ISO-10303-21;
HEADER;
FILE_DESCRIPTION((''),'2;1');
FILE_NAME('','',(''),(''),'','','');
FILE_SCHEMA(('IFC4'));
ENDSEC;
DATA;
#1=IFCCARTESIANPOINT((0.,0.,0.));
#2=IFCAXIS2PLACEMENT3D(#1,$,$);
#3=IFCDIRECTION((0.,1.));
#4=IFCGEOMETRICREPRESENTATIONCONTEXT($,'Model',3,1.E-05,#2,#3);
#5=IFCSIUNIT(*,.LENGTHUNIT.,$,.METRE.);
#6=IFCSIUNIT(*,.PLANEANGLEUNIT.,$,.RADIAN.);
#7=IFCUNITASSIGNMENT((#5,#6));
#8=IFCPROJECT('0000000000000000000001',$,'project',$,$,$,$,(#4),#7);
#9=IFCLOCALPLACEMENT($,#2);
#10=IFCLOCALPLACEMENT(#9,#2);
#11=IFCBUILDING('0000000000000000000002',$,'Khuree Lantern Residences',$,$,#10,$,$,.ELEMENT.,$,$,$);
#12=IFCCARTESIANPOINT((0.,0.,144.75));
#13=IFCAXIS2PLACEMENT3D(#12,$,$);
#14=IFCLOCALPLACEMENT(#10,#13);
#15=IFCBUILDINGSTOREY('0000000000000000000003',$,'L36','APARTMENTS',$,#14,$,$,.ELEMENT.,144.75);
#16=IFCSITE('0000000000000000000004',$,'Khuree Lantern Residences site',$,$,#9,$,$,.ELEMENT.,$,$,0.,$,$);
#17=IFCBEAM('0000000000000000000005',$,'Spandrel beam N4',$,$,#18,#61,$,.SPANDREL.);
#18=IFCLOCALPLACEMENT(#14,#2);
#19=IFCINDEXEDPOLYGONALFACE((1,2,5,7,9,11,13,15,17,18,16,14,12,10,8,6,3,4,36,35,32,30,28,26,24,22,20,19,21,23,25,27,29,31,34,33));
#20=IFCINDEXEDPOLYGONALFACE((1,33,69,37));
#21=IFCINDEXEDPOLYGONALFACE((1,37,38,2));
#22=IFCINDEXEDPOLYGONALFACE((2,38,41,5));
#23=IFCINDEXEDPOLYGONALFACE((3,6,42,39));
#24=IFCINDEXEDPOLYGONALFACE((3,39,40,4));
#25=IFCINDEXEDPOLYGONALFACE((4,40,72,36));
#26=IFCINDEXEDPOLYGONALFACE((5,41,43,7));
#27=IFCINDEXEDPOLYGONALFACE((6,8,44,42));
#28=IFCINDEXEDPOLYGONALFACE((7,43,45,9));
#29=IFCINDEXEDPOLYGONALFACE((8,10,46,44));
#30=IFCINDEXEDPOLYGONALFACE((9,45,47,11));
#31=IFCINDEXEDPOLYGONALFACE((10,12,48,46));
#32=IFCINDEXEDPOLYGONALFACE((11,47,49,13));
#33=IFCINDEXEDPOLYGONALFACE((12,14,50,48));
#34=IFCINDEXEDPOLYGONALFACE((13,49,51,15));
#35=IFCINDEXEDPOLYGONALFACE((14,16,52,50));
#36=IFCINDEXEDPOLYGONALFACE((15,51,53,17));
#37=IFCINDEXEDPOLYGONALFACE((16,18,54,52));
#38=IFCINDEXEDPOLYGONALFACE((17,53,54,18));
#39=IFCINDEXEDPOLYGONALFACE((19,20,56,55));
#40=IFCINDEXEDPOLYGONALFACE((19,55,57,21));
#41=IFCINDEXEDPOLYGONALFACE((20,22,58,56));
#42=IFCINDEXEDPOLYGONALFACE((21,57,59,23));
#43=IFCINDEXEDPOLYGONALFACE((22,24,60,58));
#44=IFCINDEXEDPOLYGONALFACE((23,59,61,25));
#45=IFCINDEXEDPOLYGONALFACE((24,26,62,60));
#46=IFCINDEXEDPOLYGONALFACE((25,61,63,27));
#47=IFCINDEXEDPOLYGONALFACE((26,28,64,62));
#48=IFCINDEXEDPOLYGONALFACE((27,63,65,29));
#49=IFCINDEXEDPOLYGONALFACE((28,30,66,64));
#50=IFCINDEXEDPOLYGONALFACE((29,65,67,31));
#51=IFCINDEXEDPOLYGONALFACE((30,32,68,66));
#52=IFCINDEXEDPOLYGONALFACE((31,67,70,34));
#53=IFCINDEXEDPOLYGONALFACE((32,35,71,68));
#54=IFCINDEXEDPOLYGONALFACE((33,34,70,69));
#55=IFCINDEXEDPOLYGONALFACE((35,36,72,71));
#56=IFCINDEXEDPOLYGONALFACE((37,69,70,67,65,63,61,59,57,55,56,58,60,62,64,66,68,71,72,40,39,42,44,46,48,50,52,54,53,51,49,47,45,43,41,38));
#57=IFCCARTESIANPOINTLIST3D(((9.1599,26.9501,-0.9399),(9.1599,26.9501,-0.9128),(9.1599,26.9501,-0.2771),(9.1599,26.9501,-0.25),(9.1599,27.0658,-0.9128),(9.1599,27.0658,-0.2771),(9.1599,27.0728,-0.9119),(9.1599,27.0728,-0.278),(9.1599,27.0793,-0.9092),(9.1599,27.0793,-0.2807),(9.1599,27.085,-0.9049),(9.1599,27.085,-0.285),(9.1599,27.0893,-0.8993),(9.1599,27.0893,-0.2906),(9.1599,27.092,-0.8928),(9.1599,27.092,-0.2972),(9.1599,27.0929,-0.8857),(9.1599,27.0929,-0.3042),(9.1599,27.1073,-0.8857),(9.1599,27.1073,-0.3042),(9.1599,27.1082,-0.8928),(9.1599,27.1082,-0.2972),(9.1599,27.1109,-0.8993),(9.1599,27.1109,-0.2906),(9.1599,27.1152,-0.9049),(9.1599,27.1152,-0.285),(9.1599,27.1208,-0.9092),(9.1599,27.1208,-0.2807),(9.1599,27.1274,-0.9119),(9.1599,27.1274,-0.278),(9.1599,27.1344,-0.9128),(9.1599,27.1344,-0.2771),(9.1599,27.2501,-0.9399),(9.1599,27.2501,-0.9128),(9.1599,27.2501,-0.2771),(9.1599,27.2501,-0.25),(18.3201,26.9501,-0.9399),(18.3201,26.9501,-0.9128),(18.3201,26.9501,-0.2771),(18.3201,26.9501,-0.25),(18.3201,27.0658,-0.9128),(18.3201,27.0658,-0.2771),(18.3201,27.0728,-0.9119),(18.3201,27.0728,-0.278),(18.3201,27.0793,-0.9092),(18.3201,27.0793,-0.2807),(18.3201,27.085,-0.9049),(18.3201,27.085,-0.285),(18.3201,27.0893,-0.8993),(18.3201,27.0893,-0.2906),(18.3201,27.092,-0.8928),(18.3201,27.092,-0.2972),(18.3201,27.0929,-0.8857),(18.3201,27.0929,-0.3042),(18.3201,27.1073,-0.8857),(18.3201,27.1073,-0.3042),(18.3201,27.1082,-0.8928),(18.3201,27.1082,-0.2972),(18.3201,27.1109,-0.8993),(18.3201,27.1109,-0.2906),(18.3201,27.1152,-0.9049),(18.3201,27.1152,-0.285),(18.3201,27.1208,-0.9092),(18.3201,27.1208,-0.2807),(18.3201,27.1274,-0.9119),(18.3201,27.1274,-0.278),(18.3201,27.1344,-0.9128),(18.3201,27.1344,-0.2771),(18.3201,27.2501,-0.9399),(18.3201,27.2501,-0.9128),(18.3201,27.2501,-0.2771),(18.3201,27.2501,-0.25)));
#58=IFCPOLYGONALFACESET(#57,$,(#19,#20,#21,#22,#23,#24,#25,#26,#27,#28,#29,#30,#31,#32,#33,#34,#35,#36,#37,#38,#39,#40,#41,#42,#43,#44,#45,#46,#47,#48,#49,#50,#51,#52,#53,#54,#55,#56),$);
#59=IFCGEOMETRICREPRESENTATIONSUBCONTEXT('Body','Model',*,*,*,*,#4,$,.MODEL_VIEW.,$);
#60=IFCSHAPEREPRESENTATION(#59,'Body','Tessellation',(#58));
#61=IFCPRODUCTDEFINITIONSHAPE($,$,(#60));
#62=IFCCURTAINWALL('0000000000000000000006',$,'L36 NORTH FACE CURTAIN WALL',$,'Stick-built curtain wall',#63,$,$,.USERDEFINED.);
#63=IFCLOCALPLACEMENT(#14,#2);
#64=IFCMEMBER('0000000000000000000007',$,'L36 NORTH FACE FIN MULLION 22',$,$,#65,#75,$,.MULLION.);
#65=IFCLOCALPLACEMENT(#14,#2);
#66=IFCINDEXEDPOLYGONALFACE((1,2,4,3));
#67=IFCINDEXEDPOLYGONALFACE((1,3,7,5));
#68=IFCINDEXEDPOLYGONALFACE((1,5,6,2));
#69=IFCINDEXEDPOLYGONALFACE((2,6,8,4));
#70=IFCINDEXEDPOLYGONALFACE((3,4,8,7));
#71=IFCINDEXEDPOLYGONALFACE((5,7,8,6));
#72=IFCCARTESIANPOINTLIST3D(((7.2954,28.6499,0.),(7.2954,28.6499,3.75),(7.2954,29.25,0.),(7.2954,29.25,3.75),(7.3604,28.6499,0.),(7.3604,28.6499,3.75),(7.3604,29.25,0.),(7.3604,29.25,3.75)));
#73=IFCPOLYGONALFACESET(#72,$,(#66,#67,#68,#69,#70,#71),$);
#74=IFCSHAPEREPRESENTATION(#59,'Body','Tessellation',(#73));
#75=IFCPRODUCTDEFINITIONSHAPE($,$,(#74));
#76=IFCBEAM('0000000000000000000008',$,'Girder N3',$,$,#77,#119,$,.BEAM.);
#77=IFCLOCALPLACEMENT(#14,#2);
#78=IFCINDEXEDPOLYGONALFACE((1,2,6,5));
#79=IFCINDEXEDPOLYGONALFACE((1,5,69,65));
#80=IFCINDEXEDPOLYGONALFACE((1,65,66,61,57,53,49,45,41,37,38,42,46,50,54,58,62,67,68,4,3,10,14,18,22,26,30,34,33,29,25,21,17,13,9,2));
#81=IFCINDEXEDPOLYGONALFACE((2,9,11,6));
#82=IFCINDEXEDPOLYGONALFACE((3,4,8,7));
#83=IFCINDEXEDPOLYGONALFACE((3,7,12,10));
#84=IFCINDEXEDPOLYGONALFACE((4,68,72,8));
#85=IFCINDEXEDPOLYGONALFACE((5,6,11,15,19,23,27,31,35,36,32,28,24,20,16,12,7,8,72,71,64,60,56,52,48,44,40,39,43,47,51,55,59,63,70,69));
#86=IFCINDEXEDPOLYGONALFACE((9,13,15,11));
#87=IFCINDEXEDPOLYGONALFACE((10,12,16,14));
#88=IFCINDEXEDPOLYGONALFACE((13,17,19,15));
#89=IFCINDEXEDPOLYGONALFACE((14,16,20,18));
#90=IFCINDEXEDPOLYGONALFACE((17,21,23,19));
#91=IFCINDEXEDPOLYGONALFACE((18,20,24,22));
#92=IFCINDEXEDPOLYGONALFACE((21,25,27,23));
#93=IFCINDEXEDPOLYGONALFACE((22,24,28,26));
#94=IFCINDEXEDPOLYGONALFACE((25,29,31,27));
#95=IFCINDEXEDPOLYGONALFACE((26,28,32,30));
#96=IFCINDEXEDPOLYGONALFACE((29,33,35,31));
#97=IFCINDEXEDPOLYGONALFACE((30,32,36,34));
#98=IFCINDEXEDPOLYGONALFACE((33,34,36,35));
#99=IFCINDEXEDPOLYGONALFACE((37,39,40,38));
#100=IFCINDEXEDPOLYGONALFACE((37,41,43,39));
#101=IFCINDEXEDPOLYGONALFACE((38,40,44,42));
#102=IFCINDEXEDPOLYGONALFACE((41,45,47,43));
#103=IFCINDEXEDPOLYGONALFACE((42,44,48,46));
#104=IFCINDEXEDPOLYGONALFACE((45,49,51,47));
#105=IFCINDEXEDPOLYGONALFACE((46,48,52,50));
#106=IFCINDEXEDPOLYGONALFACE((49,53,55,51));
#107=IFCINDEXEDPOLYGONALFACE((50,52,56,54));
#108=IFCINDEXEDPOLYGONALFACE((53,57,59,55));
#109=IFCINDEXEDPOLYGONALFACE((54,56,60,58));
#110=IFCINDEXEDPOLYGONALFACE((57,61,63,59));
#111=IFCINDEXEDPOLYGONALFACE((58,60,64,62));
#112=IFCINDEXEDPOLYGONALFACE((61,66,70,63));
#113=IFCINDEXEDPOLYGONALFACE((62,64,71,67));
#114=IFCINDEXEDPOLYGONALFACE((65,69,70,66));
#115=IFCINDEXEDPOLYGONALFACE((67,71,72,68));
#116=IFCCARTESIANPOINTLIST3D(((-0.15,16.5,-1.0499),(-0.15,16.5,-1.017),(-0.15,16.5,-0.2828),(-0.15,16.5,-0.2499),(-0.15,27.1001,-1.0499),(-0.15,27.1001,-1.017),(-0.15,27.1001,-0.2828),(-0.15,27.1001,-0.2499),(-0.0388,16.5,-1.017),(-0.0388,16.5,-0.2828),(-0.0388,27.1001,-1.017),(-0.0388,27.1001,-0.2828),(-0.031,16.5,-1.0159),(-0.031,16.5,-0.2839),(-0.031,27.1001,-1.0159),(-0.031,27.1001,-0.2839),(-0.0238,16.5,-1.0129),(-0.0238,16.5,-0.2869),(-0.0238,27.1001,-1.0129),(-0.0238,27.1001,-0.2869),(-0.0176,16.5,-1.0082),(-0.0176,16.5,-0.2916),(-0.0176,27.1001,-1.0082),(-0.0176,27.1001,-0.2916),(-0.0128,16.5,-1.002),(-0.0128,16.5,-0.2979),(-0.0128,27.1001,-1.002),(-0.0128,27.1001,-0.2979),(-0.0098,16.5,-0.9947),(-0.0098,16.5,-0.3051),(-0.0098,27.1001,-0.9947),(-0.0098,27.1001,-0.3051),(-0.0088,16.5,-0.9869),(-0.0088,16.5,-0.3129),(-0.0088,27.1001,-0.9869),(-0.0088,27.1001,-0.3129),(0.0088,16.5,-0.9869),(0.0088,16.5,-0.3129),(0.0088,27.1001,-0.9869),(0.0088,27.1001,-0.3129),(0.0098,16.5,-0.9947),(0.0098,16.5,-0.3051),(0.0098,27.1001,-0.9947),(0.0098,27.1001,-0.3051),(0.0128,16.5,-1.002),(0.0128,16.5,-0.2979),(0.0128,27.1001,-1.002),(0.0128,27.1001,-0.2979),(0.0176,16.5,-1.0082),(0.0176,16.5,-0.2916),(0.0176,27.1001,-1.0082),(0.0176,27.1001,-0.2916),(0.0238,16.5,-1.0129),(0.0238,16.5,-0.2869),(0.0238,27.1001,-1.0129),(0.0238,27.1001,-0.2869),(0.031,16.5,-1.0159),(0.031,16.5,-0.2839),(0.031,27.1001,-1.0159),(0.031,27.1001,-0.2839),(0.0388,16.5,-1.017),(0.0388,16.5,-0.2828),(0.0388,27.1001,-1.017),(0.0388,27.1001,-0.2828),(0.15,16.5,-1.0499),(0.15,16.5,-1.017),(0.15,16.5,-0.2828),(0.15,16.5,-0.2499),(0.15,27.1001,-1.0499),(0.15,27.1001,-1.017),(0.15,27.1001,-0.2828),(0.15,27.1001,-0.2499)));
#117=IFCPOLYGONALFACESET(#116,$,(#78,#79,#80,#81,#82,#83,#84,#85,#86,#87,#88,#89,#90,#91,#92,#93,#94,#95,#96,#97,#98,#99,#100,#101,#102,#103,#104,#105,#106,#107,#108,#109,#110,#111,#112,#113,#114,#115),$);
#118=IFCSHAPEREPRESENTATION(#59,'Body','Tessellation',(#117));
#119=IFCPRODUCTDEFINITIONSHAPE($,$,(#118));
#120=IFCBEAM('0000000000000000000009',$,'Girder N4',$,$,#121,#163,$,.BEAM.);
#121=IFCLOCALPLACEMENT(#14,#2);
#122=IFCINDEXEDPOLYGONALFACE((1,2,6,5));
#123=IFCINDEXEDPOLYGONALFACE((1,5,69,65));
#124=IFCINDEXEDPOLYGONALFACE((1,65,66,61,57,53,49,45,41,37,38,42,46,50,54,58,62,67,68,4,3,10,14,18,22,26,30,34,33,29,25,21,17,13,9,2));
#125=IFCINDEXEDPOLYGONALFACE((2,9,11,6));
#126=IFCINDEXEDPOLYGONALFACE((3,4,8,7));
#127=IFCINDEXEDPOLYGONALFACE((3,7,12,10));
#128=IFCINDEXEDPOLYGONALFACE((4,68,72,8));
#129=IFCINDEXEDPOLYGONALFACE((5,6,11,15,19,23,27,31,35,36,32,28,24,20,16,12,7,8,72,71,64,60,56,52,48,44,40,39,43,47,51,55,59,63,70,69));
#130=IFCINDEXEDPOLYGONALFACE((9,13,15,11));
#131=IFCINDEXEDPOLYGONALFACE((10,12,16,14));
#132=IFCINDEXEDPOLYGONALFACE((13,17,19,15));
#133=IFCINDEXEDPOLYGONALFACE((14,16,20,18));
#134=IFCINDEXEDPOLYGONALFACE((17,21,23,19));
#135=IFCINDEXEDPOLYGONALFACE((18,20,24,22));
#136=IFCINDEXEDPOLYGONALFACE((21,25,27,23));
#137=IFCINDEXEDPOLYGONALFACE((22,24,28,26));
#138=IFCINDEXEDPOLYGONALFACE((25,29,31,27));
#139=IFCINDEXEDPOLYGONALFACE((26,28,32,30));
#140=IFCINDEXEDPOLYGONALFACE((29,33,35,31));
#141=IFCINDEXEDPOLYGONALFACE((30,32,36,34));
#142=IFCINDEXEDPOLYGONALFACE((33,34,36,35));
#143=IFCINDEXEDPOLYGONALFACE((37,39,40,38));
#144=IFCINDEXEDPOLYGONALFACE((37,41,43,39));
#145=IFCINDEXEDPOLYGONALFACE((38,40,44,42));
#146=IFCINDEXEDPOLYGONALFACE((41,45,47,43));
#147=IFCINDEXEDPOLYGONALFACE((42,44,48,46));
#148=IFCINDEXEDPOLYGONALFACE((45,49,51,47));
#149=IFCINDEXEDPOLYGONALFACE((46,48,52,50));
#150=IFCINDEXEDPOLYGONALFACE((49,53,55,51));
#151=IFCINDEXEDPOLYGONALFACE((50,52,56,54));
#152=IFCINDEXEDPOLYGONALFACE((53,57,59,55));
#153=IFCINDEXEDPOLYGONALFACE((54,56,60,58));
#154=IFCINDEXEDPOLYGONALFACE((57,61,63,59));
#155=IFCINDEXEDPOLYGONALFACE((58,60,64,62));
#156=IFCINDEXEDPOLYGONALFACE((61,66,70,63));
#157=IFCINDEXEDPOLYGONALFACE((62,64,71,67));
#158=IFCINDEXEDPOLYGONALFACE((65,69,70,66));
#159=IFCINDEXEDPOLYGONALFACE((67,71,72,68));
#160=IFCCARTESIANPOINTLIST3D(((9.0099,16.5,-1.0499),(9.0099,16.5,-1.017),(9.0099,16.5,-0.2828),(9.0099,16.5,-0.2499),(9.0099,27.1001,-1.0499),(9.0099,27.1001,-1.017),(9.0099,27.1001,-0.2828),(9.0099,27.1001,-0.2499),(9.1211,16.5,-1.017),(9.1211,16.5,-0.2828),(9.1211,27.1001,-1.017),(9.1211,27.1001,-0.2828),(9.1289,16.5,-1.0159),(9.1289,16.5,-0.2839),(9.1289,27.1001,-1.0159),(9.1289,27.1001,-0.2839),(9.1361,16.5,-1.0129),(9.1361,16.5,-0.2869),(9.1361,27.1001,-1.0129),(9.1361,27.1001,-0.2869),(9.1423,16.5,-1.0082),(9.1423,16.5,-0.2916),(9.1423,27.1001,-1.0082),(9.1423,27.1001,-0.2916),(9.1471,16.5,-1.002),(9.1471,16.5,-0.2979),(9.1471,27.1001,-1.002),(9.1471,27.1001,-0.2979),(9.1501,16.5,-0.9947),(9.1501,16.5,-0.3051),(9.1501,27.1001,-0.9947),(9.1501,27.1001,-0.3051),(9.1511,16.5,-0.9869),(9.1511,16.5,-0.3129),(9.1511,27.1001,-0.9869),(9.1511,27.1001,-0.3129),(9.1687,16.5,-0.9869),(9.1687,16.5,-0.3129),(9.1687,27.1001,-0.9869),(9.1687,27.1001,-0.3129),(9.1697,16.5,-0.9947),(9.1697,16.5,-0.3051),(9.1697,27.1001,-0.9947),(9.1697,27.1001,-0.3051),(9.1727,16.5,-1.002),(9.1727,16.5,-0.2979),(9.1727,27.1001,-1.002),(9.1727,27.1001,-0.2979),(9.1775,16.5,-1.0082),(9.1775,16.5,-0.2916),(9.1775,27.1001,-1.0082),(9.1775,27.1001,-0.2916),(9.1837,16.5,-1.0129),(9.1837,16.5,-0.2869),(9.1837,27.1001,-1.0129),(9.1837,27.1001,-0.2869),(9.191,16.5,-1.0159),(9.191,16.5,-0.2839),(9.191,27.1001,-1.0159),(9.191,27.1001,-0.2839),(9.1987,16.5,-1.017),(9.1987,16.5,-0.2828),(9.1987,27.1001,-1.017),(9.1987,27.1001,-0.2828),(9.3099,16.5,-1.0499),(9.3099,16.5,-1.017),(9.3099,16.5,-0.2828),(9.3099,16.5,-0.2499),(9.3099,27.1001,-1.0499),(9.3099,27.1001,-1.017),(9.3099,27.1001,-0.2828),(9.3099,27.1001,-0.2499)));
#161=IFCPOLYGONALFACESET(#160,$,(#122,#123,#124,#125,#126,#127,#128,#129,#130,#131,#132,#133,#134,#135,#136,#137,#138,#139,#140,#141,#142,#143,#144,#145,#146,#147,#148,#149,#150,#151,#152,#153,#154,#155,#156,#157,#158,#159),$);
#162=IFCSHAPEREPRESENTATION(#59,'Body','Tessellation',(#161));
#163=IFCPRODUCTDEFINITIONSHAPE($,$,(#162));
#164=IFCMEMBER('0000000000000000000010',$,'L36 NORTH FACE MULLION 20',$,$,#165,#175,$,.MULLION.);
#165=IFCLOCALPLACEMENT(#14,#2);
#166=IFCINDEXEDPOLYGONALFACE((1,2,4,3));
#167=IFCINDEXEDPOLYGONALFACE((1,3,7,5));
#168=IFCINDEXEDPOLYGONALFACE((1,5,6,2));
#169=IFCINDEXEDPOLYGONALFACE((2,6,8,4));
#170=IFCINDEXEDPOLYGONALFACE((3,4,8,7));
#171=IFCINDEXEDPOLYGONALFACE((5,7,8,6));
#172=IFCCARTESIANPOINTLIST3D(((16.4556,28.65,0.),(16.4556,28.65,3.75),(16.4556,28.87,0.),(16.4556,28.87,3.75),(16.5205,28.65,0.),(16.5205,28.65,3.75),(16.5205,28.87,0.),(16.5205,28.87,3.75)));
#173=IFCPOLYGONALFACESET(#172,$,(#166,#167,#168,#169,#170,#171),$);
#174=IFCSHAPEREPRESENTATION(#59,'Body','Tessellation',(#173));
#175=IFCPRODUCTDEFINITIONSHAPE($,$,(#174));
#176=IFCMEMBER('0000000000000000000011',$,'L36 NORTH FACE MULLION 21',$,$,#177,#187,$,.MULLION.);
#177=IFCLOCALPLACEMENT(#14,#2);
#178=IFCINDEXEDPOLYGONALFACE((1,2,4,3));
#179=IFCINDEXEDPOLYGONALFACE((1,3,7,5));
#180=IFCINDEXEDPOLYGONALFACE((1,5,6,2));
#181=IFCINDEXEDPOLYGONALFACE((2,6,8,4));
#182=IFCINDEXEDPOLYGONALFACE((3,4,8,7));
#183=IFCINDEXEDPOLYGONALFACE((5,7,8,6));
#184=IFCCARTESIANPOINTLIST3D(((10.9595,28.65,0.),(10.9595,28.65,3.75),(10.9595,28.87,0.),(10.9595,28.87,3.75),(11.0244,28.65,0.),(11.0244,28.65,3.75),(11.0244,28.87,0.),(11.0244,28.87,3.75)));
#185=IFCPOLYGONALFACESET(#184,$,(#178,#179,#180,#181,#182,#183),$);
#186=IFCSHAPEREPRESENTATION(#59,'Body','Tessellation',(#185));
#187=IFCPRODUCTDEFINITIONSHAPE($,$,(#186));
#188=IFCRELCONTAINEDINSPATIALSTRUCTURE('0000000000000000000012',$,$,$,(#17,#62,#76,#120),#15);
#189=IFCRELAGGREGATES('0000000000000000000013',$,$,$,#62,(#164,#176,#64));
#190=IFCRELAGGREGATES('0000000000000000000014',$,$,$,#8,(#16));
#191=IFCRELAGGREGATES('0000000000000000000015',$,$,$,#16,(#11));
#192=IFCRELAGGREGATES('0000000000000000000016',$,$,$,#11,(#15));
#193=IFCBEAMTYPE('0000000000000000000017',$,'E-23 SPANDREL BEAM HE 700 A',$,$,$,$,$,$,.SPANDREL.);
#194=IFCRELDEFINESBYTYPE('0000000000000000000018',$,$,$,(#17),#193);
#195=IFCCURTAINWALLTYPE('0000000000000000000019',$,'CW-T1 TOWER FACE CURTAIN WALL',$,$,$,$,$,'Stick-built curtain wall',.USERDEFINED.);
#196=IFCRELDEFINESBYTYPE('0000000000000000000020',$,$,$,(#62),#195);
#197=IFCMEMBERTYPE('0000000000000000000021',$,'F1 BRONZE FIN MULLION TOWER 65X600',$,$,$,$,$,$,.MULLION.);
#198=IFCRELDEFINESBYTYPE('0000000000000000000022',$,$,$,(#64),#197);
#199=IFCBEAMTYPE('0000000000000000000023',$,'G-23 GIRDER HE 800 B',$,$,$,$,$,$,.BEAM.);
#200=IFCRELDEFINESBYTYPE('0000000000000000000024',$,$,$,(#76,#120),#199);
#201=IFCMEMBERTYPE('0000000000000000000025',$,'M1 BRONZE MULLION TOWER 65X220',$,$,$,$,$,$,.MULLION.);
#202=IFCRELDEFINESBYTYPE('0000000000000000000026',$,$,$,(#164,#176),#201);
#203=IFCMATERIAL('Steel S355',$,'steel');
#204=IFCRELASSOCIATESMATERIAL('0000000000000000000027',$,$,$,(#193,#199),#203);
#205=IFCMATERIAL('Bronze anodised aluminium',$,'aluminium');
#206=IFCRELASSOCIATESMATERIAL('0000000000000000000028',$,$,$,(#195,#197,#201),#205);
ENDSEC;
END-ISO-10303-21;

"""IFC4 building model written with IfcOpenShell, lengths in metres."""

from ifc_helpers import new_model, si_unit, direction, frame, origin, origin_2d, place, context, subcontext, project, spatial, rectangle, i_section, extrude, material, material_profile, profile_set, type_object, element, aggregate, save


model = new_model("IFC4")

# Units and contexts
model_context = context("Model", 3, precision=1e-05, world=origin(), true_north=direction((0.0, 1.0)))
body_context = subcontext(model_context, "Body", "Model", "MODEL_VIEW")
ifc_project = project(units=[si_unit("LENGTHUNIT", "METRE"), si_unit("PLANEANGLEUNIT", "RADIAN")], contexts=[model_context])

# Site, building, storey
site_placement = place(None, origin())
site = spatial("IfcSite", under=ifc_project, at=site_placement, Name="Khuree Lantern Residences site", CompositionType="ELEMENT", RefElevation=0.0)
building_placement = place(site_placement, origin())
building = spatial("IfcBuilding", under=site, at=building_placement, Name="Khuree Lantern Residences", CompositionType="ELEMENT")
storey_placement = place(building_placement, frame((0.0, 0.0, 144.75)))
storey = spatial("IfcBuildingStorey", under=building, at=storey_placement, Name="L36", Description="APARTMENTS", CompositionType="ELEMENT", Elevation=144.75)

# Beam
ifc_material_1 = material(Name="Steel S355", Category="steel")
ifc_material_profile_1 = material_profile(ifc_material_1, i_section(OverallWidth=0.3, OverallDepth=0.6899, WebThickness=0.0144, FlangeThickness=0.0271, FilletRadius=0.0271, at=origin_2d()), Name="HE 700 A")
ifc_profile_set_1 = profile_set([ifc_material_profile_1], Name="Steel S355")
beam_type_1 = type_object("IfcBeamType", Name="E-23 SPANDREL BEAM HE 700 A", PredefinedType="SPANDREL", material=ifc_profile_set_1)
beam_1_placement = place(storey_placement, frame((9.1599, 27.1001, -0.595), z_axis=(1.0, 0.0, 0.0), x_axis=(0.0, 1.0, 0.0)))
element("IfcBeam", 1, at=beam_1_placement, inside=storey, type_object=beam_type_1, Name="Spandrel beam N4", PredefinedType="SPANDREL", context=body_context, shape_type="SweptSolid", body=[
    extrude(i_section(OverallWidth=0.3, OverallDepth=0.6899, WebThickness=0.0144, FlangeThickness=0.0271, FilletRadius=0.0271, at=origin_2d()), origin(), (0.0, 0.0, 1.0), 9.1602),
])

# Curtain wall, member
ifc_material_2 = material(Name="Bronze anodised aluminium", Category="aluminium")
curtain_wall_type = type_object("IfcCurtainWallType", Name="CW-T1 TOWER FACE CURTAIN WALL", ElementType="Stick-built curtain wall", PredefinedType="USERDEFINED", material=ifc_material_2)
curtain_wall_placement = place(storey_placement, origin())
curtain_wall = element("IfcCurtainWall", 2, at=curtain_wall_placement, inside=storey, type_object=curtain_wall_type, Name="L36 NORTH FACE CURTAIN WALL", ObjectType="Stick-built curtain wall", PredefinedType="USERDEFINED")
ifc_material_profile_2 = material_profile(ifc_material_2, rectangle(XDim=0.0649, YDim=0.6001, at=origin_2d()), Name="F1 65X600")
ifc_profile_set_2 = profile_set([ifc_material_profile_2], Name="Bronze anodised aluminium")
member_type_1 = type_object("IfcMemberType", Name="F1 BRONZE FIN MULLION TOWER 65X600", PredefinedType="MULLION", material=ifc_profile_set_2)
member_1_placement = place(storey_placement, frame((7.3279, 28.95, 0.0), z_axis=(0.0, 0.0, 1.0), x_axis=(-1.0, 0.0, 0.0)))
member_1 = element("IfcMember", 3, at=member_1_placement, type_object=member_type_1, Name="L36 NORTH FACE FIN MULLION 22", PredefinedType="MULLION", context=body_context, shape_type="SweptSolid", body=[
    extrude(rectangle(XDim=0.0649, YDim=0.6001, at=origin_2d()), origin(), (0.0, 0.0, 1.0), 3.75),
])

# Beams
ifc_material_profile_3 = material_profile(ifc_material_1, i_section(OverallWidth=0.3, OverallDepth=0.8, WebThickness=0.0176, FlangeThickness=0.033, FilletRadius=0.03, at=origin_2d()), Name="HE 800 B")
ifc_profile_set_3 = profile_set([ifc_material_profile_3], Name="Steel S355")
beam_type_2 = type_object("IfcBeamType", Name="G-23 GIRDER HE 800 B", PredefinedType="BEAM", material=ifc_profile_set_3)
for number, where, z_axis, x_axis, name in (
    (4, (0.0, 27.1001, -0.6499), (0.0, -1.0, 0.0), (1.0, 0.0, 0.0), "Girder N3"),
    (5, (9.1599, 27.1001, -0.6499), (0.0, -1.0, 0.0), (1.0, 0.0, 0.0), "Girder N4"),
):
    element("IfcBeam", number, at=place(storey_placement, frame(where, z_axis=z_axis, x_axis=x_axis)), inside=storey, type_object=beam_type_2, Name=name, PredefinedType="BEAM", context=body_context, shape_type="SweptSolid", body=[
        extrude(i_section(OverallWidth=0.3, OverallDepth=0.8, WebThickness=0.0176, FlangeThickness=0.033, FilletRadius=0.03, at=origin_2d()), origin(), (0.0, 0.0, 1.0), 10.6001),
    ])

# Members
ifc_material_profile_4 = material_profile(ifc_material_2, rectangle(XDim=0.0649, YDim=0.22, at=origin_2d()), Name="M1 65X220")
ifc_profile_set_4 = profile_set([ifc_material_profile_4], Name="Bronze anodised aluminium")
member_type_2 = type_object("IfcMemberType", Name="M1 BRONZE MULLION TOWER 65X220", PredefinedType="MULLION", material=ifc_profile_set_4)
member_2_placement = place(storey_placement, frame((16.488, 28.76, 0.0), z_axis=(0.0, 0.0, 1.0), x_axis=(-1.0, 0.0, 0.0)))
member_2 = element("IfcMember", 6, at=member_2_placement, type_object=member_type_2, Name="L36 NORTH FACE MULLION 20", PredefinedType="MULLION", context=body_context, shape_type="SweptSolid", body=[
    extrude(rectangle(XDim=0.0649, YDim=0.22, at=origin_2d()), origin(), (0.0, 0.0, 1.0), 3.75),
])
member_3_placement = place(storey_placement, frame((10.9919, 28.76, 0.0), z_axis=(0.0, 0.0, 1.0), x_axis=(-1.0, 0.0, 0.0)))
member_3 = element("IfcMember", 7, at=member_3_placement, type_object=member_type_2, Name="L36 NORTH FACE MULLION 21", PredefinedType="MULLION", context=body_context, shape_type="SweptSolid", body=[
    extrude(rectangle(XDim=0.0649, YDim=0.22, at=origin_2d()), origin(), (0.0, 0.0, 1.0), 3.75),
])

aggregate(curtain_wall, [member_2, member_3, member_1])

save(model, "model.ifc")
